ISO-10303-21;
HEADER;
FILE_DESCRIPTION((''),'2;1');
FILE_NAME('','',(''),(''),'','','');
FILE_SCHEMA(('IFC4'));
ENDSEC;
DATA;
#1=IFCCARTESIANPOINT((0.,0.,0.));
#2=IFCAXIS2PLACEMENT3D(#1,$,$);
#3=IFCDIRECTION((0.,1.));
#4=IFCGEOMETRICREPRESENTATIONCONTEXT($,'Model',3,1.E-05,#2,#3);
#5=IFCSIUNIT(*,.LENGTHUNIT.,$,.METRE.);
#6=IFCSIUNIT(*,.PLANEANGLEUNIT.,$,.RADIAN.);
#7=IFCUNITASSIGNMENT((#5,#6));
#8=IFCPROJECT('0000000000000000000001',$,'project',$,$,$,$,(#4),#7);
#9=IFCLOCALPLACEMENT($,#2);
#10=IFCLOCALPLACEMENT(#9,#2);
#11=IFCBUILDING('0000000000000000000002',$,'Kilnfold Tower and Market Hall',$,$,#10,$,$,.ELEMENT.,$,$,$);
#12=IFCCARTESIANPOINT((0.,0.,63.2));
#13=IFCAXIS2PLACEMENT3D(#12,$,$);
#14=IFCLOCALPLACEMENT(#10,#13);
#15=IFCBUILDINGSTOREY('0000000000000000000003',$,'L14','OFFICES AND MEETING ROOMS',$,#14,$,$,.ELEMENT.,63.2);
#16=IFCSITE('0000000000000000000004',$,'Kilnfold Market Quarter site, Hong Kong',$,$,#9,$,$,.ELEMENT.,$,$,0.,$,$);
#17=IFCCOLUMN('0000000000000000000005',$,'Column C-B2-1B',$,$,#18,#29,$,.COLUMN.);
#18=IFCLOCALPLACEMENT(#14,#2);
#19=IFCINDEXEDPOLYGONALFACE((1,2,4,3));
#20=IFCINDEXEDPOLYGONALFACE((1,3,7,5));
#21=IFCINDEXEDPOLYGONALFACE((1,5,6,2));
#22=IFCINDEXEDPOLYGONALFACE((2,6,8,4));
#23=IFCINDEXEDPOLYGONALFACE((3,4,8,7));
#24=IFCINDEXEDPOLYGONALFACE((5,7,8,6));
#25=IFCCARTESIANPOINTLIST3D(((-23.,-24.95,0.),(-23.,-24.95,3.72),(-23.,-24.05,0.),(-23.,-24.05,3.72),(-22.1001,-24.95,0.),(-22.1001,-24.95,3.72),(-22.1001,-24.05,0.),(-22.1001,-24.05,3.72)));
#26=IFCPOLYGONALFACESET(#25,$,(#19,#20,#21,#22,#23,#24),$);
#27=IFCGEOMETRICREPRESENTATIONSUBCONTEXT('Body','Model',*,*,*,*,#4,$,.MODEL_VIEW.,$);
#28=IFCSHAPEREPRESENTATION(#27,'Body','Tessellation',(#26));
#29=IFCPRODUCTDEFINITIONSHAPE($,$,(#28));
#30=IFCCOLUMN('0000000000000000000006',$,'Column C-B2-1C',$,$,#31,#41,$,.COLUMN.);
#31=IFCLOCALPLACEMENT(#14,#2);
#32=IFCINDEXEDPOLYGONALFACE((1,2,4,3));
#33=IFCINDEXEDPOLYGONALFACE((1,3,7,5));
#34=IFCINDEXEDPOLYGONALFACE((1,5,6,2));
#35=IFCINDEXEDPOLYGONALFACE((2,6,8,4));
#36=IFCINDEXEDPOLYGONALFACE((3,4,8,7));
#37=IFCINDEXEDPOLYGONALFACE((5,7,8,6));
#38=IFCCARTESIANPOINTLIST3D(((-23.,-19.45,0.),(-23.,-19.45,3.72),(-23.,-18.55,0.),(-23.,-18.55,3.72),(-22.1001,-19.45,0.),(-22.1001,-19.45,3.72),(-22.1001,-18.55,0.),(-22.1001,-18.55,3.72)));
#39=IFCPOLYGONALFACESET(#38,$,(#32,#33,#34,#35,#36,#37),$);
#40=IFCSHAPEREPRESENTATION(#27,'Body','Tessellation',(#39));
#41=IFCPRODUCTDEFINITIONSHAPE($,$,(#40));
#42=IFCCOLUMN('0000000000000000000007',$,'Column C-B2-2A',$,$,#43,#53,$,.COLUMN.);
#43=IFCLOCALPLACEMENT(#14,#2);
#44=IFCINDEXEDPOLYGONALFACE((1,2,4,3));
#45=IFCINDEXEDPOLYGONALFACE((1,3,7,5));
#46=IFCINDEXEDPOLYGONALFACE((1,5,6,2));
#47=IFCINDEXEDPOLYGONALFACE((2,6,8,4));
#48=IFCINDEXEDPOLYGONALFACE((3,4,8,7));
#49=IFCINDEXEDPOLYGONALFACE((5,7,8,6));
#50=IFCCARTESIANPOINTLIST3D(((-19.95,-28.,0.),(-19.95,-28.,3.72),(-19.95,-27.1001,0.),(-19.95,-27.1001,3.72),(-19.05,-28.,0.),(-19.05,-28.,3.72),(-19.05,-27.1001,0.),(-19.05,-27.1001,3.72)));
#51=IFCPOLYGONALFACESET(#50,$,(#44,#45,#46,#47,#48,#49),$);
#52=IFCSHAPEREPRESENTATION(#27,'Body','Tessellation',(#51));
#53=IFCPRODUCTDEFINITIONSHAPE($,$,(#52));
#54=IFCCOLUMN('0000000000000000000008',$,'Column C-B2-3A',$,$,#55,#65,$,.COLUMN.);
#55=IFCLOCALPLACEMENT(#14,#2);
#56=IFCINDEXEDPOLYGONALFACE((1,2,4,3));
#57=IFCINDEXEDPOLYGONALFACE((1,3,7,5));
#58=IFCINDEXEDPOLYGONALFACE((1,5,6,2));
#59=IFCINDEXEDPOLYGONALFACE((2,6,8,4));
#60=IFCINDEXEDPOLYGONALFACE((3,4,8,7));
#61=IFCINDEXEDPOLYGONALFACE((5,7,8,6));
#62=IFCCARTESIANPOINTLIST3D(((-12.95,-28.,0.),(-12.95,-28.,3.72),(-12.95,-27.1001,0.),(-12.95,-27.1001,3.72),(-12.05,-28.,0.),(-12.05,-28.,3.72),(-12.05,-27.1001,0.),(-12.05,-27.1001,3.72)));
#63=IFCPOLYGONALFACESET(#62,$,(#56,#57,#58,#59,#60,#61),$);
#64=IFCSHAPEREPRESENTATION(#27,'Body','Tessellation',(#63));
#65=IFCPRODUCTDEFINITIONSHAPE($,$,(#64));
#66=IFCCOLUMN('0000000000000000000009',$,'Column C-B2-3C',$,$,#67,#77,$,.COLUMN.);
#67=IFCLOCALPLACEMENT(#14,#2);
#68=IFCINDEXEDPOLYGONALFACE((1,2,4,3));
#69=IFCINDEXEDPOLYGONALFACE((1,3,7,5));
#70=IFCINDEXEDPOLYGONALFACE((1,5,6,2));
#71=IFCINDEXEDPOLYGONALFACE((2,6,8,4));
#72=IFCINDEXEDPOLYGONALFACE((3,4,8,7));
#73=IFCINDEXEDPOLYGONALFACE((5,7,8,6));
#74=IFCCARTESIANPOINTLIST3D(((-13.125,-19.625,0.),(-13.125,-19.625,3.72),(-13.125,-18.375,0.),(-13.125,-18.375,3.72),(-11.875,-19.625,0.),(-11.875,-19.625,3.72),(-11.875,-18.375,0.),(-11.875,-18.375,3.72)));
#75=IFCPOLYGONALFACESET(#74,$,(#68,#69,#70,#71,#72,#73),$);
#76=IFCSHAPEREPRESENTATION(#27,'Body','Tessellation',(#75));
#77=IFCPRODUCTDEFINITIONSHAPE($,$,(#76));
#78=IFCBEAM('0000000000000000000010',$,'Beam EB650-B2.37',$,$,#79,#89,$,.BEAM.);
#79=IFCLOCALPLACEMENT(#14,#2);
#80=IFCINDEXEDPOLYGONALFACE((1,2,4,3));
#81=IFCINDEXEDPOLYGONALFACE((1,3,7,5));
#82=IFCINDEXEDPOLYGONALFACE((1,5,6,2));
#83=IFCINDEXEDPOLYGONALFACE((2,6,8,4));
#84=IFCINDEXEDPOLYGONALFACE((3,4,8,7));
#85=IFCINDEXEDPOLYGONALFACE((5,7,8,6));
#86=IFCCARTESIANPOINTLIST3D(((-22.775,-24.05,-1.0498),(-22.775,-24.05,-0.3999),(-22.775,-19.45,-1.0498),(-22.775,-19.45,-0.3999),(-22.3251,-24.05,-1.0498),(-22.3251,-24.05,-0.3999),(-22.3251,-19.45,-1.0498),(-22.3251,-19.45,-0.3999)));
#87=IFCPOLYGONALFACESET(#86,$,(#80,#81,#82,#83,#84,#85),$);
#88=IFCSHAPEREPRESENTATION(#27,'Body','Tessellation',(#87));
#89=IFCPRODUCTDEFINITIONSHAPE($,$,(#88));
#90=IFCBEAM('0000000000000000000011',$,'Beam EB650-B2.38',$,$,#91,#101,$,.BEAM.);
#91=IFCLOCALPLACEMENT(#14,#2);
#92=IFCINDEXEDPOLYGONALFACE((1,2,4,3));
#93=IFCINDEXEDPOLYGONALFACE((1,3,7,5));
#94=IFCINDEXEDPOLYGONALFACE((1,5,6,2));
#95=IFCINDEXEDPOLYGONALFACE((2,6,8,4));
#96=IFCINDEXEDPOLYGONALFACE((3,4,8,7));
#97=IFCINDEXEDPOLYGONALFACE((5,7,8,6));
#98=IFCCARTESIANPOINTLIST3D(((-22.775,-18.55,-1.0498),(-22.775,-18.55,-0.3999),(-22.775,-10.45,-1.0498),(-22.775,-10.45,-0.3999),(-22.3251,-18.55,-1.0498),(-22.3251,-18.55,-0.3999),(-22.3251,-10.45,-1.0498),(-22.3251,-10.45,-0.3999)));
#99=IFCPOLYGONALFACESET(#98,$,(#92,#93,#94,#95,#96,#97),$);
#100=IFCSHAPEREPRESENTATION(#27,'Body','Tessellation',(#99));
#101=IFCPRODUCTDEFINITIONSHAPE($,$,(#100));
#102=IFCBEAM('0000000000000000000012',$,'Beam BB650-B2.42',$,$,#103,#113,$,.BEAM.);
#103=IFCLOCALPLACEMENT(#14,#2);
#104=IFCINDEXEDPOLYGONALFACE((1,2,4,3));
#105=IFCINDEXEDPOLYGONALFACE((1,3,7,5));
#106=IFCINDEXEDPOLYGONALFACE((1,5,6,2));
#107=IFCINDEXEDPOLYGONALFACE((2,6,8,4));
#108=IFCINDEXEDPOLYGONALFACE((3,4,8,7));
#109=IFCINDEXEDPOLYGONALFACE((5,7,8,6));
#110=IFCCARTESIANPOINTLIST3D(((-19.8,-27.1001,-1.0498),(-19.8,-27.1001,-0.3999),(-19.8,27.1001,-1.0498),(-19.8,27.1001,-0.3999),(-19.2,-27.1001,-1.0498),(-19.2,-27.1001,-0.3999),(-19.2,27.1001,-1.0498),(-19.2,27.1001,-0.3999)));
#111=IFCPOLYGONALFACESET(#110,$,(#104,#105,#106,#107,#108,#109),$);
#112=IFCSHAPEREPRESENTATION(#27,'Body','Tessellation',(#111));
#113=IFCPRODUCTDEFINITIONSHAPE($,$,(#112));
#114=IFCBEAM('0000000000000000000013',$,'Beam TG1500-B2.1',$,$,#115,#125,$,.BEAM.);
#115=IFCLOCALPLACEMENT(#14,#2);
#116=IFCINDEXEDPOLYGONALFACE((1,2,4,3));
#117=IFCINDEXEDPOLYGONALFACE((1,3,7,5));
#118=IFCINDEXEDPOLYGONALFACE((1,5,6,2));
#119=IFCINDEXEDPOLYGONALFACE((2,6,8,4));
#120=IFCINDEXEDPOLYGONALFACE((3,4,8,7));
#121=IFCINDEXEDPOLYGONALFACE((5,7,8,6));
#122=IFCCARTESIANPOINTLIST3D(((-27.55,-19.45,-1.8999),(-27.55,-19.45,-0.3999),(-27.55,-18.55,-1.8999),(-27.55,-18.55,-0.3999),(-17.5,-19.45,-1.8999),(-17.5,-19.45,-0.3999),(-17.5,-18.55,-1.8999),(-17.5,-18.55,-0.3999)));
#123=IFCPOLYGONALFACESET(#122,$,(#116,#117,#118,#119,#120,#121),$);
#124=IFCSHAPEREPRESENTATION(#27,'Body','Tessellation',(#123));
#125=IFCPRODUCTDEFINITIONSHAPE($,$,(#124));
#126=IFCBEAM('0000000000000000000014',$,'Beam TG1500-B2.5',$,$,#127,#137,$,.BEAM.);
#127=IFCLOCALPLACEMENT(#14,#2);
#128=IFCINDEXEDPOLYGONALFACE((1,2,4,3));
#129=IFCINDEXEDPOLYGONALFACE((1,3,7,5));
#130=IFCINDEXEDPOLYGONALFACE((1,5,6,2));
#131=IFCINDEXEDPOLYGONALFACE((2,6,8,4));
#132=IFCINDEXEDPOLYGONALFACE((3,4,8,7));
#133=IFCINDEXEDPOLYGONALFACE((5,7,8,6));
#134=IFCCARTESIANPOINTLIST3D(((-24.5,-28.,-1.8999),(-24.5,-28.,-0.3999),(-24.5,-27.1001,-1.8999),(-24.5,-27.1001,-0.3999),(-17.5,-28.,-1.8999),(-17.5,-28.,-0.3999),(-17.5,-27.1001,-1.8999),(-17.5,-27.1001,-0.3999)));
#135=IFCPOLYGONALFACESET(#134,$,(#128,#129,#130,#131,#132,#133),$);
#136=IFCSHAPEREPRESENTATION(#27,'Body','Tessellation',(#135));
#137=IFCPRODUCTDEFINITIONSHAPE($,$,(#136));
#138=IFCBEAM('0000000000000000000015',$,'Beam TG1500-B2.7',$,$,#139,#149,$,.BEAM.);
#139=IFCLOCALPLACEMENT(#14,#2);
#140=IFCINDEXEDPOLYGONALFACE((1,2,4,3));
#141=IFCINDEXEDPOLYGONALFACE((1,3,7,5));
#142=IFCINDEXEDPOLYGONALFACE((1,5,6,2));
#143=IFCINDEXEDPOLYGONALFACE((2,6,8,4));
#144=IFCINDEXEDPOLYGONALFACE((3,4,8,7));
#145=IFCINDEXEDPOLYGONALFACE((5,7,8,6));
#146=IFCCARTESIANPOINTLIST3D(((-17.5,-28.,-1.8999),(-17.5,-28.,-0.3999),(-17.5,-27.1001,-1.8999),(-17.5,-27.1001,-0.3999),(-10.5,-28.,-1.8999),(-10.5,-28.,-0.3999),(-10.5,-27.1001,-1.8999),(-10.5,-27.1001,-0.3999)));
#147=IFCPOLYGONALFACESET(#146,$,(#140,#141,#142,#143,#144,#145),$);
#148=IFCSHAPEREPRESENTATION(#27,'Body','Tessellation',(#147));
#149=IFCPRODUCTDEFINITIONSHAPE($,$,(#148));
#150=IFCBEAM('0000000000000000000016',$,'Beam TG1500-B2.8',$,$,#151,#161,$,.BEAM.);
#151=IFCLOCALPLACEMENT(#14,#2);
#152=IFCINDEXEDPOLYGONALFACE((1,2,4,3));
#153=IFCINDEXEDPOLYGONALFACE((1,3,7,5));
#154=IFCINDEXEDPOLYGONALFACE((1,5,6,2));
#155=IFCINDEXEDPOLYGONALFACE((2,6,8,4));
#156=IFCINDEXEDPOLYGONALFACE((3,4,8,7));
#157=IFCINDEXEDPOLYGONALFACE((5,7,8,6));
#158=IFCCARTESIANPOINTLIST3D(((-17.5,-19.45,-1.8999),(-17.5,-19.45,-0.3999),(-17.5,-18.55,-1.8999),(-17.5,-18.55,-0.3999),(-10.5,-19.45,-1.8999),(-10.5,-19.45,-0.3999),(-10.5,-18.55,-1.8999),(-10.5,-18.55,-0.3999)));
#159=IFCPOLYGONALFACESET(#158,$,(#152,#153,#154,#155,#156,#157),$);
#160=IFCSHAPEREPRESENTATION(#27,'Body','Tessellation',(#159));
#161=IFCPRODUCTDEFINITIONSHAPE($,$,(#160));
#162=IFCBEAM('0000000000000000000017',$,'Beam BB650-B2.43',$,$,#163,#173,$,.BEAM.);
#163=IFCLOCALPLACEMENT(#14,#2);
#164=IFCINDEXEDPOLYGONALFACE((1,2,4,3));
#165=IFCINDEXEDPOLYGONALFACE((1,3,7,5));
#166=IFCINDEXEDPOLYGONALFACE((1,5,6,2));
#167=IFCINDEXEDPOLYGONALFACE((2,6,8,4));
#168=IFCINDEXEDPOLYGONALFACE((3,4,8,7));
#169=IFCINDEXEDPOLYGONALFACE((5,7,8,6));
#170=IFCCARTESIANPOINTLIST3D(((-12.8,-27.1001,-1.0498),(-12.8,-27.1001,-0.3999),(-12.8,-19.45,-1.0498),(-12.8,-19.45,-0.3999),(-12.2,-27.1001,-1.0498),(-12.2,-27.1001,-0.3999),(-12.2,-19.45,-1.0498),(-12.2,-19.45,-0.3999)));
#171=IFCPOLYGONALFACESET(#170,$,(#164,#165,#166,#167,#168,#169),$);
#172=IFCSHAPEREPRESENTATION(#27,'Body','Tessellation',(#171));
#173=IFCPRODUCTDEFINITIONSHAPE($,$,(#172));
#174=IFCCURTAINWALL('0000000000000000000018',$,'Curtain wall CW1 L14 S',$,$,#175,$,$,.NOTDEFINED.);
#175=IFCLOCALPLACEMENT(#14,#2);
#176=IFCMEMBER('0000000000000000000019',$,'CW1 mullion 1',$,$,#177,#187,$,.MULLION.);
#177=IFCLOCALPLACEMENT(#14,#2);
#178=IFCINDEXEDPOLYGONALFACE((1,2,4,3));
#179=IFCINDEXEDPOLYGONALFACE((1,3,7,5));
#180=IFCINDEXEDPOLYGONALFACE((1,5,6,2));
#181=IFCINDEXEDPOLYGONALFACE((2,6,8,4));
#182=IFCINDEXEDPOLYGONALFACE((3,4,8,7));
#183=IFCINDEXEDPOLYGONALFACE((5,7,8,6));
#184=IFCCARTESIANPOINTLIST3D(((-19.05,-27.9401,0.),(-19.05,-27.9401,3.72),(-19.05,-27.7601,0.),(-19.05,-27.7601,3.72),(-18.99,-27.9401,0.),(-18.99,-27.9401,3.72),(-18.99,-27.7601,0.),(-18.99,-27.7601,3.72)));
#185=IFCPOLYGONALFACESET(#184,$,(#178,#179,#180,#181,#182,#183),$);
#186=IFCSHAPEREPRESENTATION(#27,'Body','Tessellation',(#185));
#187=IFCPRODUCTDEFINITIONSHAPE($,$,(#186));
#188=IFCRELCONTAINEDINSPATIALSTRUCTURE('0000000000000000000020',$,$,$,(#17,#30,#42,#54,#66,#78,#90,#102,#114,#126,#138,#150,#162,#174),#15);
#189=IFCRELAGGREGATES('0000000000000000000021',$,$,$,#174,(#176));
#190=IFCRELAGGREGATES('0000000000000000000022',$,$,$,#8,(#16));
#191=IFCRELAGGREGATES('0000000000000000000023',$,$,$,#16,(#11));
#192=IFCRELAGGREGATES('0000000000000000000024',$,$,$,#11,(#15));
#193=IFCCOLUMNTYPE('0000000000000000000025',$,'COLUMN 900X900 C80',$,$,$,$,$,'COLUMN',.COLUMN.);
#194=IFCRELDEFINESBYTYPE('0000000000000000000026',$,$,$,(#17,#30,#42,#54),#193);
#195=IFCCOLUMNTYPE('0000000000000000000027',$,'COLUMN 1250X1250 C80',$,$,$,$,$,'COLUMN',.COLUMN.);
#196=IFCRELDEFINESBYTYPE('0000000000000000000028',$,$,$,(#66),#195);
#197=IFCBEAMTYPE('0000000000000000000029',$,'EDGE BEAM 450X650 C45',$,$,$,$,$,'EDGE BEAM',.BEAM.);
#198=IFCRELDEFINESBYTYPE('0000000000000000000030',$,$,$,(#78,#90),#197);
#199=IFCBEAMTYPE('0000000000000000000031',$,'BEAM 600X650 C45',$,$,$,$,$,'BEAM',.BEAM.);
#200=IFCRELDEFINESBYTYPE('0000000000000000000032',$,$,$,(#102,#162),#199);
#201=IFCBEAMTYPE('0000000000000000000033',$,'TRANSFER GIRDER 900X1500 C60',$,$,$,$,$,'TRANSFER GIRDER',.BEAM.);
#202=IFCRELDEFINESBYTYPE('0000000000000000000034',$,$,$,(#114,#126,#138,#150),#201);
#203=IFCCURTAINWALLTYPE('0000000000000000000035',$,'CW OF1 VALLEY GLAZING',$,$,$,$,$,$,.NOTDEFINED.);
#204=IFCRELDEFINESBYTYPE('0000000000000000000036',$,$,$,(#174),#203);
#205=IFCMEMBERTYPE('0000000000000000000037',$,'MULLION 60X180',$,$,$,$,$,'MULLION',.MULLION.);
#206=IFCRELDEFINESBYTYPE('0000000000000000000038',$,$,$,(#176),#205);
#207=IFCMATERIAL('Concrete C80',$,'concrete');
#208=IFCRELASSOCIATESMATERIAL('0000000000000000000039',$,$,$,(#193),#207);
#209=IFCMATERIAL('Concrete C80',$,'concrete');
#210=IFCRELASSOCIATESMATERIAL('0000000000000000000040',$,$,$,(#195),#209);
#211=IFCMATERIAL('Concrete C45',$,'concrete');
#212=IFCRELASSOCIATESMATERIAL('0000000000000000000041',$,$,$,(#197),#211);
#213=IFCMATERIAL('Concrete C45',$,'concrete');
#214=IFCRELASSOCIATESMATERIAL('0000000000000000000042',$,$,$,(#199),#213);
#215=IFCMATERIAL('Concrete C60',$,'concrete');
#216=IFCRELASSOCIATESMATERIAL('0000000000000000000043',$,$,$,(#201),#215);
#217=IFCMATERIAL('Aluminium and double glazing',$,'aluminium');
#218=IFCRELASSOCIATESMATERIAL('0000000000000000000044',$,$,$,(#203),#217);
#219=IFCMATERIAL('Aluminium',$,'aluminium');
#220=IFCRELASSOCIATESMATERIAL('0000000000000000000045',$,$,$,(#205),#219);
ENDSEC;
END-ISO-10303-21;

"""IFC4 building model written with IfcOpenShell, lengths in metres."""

from ifc_helpers import new_model, si_unit, direction, frame, origin, origin_2d, place, context, subcontext, project, spatial, rectangle, extrude, source, transform, mapped, material, material_profile, profile_set, type_object, element, aggregate, save


model = new_model("IFC4")

# Units and contexts
model_context = context("Model", 3, precision=1e-05, world=origin(), true_north=direction((0.0, 1.0)))
body_context = subcontext(model_context, "Body", "Model", "MODEL_VIEW")
ifc_project = project(units=[si_unit("LENGTHUNIT", "METRE"), si_unit("PLANEANGLEUNIT", "RADIAN")], contexts=[model_context])

# Site, building, storey
site_placement = place(None, origin())
site = spatial("IfcSite", under=ifc_project, at=site_placement, Name="Kilnfold Market Quarter site, Hong Kong", CompositionType="ELEMENT", RefElevation=0.0)
building_placement = place(site_placement, origin())
building = spatial("IfcBuilding", under=site, at=building_placement, Name="Kilnfold Tower and Market Hall", CompositionType="ELEMENT")
storey_placement = place(building_placement, frame((0.0, 0.0, 63.2)))
storey = spatial("IfcBuildingStorey", under=building, at=storey_placement, Name="L14", Description="OFFICES AND MEETING ROOMS", CompositionType="ELEMENT", Elevation=63.2)

# Columns
ifc_material_1 = material(Name="Concrete C80", Category="concrete")
ifc_material_profile_1 = material_profile(ifc_material_1, rectangle(XDim=0.8999, YDim=0.8999, at=origin_2d()), Name="RC 900x900")
ifc_profile_set_1 = profile_set([ifc_material_profile_1], Name="Concrete C80")
column_type_1 = type_object("IfcColumnType", Name="COLUMN 900X900 C80", ElementType="COLUMN", PredefinedType="COLUMN", material=ifc_profile_set_1)
shared_shape_1 = source(origin(), body_context, "Body", "SweptSolid", [
    extrude(rectangle(XDim=0.8999, YDim=0.8999, at=origin_2d()), origin(), (0.0, 0.0, 1.0), 3.72),
])
for number, where, z_axis, x_axis, name in (
    (1, (-22.55, -24.5, 0.0), (0.0, 0.0, 1.0), (1.0, 0.0, 0.0), "Column C-B2-1B"),
    (2, (-22.55, -19.0, 0.0), (0.0, 0.0, 1.0), (1.0, 0.0, 0.0), "Column C-B2-1C"),
    (3, (-19.5, -27.55, 0.0), (0.0, 0.0, 1.0), (1.0, 0.0, 0.0), "Column C-B2-2A"),
    (4, (-12.5, -27.55, 0.0), (0.0, 0.0, 1.0), (1.0, 0.0, 0.0), "Column C-B2-3A"),
):
    element("IfcColumn", number, at=place(storey_placement, frame(where, z_axis=z_axis, x_axis=x_axis)), inside=storey, type_object=column_type_1, Name=name, PredefinedType="COLUMN", context=body_context, shape_type="MappedRepresentation", body=[
        mapped(shared_shape_1, transform((0.0, 0.0, 0.0))),
    ])
ifc_material_2 = material(Name="Concrete C80", Category="concrete")
ifc_material_profile_2 = material_profile(ifc_material_2, rectangle(XDim=1.25, YDim=1.25, at=origin_2d()), Name="RC 1250x1250")
ifc_profile_set_2 = profile_set([ifc_material_profile_2], Name="Concrete C80")
column_type_2 = type_object("IfcColumnType", Name="COLUMN 1250X1250 C80", ElementType="COLUMN", PredefinedType="COLUMN", material=ifc_profile_set_2)
shared_shape_2 = source(origin(), body_context, "Body", "SweptSolid", [
    extrude(rectangle(XDim=1.25, YDim=1.25, at=origin_2d()), origin(), (0.0, 0.0, 1.0), 3.72),
])
column_placement = place(storey_placement, frame((-12.5, -19.0, 0.0), z_axis=(0.0, 0.0, 1.0), x_axis=(1.0, 0.0, 0.0)))
element("IfcColumn", 5, at=column_placement, inside=storey, type_object=column_type_2, Name="Column C-B2-3C", PredefinedType="COLUMN", context=body_context, shape_type="MappedRepresentation", body=[
    mapped(shared_shape_2, transform((0.0, 0.0, 0.0))),
])

# Beams
ifc_material_3 = material(Name="Concrete C45", Category="concrete")
ifc_material_profile_3 = material_profile(ifc_material_3, rectangle(XDim=0.45, YDim=0.6499, at=origin_2d()), Name="RC 450x650")
ifc_profile_set_3 = profile_set([ifc_material_profile_3], Name="Concrete C45")
beam_type_1 = type_object("IfcBeamType", Name="EDGE BEAM 450X650 C45", ElementType="EDGE BEAM", PredefinedType="BEAM", material=ifc_profile_set_3)
shared_shape_3 = source(origin(), body_context, "Body", "SweptSolid", [
    extrude(rectangle(XDim=0.45, YDim=0.6499, at=origin_2d()), origin(), (0.0, 0.0, 1.0), 4.6001),
])
beam_1_placement = place(storey_placement, frame((-22.55, -24.05, -0.7249), z_axis=(0.0, 1.0, 0.0), x_axis=(-1.0, 0.0, 0.0)))
element("IfcBeam", 6, at=beam_1_placement, inside=storey, type_object=beam_type_1, Name="Beam EB650-B2.37", PredefinedType="BEAM", context=body_context, shape_type="MappedRepresentation", body=[
    mapped(shared_shape_3, transform((0.0, 0.0, 0.0))),
])
shared_shape_4 = source(origin(), body_context, "Body", "SweptSolid", [
    extrude(rectangle(XDim=0.45, YDim=0.6499, at=origin_2d()), origin(), (0.0, 0.0, 1.0), 8.1001),
])
beam_2_placement = place(storey_placement, frame((-22.55, -18.55, -0.7249), z_axis=(0.0, 1.0, 0.0), x_axis=(-1.0, 0.0, 0.0)))
element("IfcBeam", 7, at=beam_2_placement, inside=storey, type_object=beam_type_1, Name="Beam EB650-B2.38", PredefinedType="BEAM", context=body_context, shape_type="MappedRepresentation", body=[
    mapped(shared_shape_4, transform((0.0, 0.0, 0.0))),
])
ifc_material_4 = material(Name="Concrete C45", Category="concrete")
ifc_material_profile_4 = material_profile(ifc_material_4, rectangle(XDim=0.6001, YDim=0.6499, at=origin_2d()), Name="RC 600x650")
ifc_profile_set_4 = profile_set([ifc_material_profile_4], Name="Concrete C45")
beam_type_2 = type_object("IfcBeamType", Name="BEAM 600X650 C45", ElementType="BEAM", PredefinedType="BEAM", material=ifc_profile_set_4)
shared_shape_5 = source(origin(), body_context, "Body", "SweptSolid", [
    extrude(rectangle(XDim=0.6001, YDim=0.6499, at=origin_2d()), origin(), (0.0, 0.0, 1.0), 54.2002),
])
beam_3_placement = place(storey_placement, frame((-19.5, -27.1001, -0.7249), z_axis=(0.0, 1.0, 0.0), x_axis=(-1.0, 0.0, 0.0)))
element("IfcBeam", 8, at=beam_3_placement, inside=storey, type_object=beam_type_2, Name="Beam BB650-B2.42", PredefinedType="BEAM", context=body_context, shape_type="MappedRepresentation", body=[
    mapped(shared_shape_5, transform((0.0, 0.0, 0.0))),
])
ifc_material_5 = material(Name="Concrete C60", Category="concrete")
ifc_material_profile_5 = material_profile(ifc_material_5, rectangle(XDim=0.8999, YDim=1.5, at=origin_2d()), Name="RC 900x1500")
ifc_profile_set_5 = profile_set([ifc_material_profile_5], Name="Concrete C60")
beam_type_3 = type_object("IfcBeamType", Name="TRANSFER GIRDER 900X1500 C60", ElementType="TRANSFER GIRDER", PredefinedType="BEAM", material=ifc_profile_set_5)
shared_shape_6 = source(origin(), body_context, "Body", "SweptSolid", [
    extrude(rectangle(XDim=0.8999, YDim=1.5, at=origin_2d()), origin(), (0.0, 0.0, 1.0), 10.05),
])
beam_4_placement = place(storey_placement, frame((-27.55, -19.0, -1.1499), z_axis=(1.0, 0.0, 0.0), x_axis=(0.0, 1.0, 0.0)))
element("IfcBeam", 9, at=beam_4_placement, inside=storey, type_object=beam_type_3, Name="Beam TG1500-B2.1", PredefinedType="BEAM", context=body_context, shape_type="MappedRepresentation", body=[
    mapped(shared_shape_6, transform((0.0, 0.0, 0.0))),
])
shared_shape_7 = source(origin(), body_context, "Body", "SweptSolid", [
    extrude(rectangle(XDim=0.8999, YDim=1.5, at=origin_2d()), origin(), (0.0, 0.0, 1.0), 7.0),
])
for number, where, z_axis, x_axis, name in (
    (10, (-24.5, -27.55, -1.1499), (1.0, 0.0, 0.0), (0.0, 1.0, 0.0), "Beam TG1500-B2.5"),
    (11, (-17.5, -27.55, -1.1499), (1.0, 0.0, 0.0), (0.0, 1.0, 0.0), "Beam TG1500-B2.7"),
    (12, (-17.5, -19.0, -1.1499), (1.0, 0.0, 0.0), (0.0, 1.0, 0.0), "Beam TG1500-B2.8"),
):
    element("IfcBeam", number, at=place(storey_placement, frame(where, z_axis=z_axis, x_axis=x_axis)), inside=storey, type_object=beam_type_3, Name=name, PredefinedType="BEAM", context=body_context, shape_type="MappedRepresentation", body=[
        mapped(shared_shape_7, transform((0.0, 0.0, 0.0))),
    ])
shared_shape_8 = source(origin(), body_context, "Body", "SweptSolid", [
    extrude(rectangle(XDim=0.6001, YDim=0.6499, at=origin_2d()), origin(), (0.0, 0.0, 1.0), 7.6501),
])
beam_5_placement = place(storey_placement, frame((-12.5, -27.1001, -0.7249), z_axis=(0.0, 1.0, 0.0), x_axis=(-1.0, 0.0, 0.0)))
element("IfcBeam", 13, at=beam_5_placement, inside=storey, type_object=beam_type_2, Name="Beam BB650-B2.43", PredefinedType="BEAM", context=body_context, shape_type="MappedRepresentation", body=[
    mapped(shared_shape_8, transform((0.0, 0.0, 0.0))),
])

# Curtain wall, member
ifc_material_6 = material(Name="Aluminium and double glazing", Category="aluminium")
curtain_wall_type = type_object("IfcCurtainWallType", Name="CW OF1 VALLEY GLAZING", PredefinedType="NOTDEFINED", material=ifc_material_6)
curtain_wall_1_placement = place(storey_placement, origin())
curtain_wall_1 = element("IfcCurtainWall", 14, at=curtain_wall_1_placement, inside=storey, type_object=curtain_wall_type, Name="Curtain wall CW1 L14 S", PredefinedType="NOTDEFINED")
ifc_material_7 = material(Name="Aluminium", Category="aluminium")
ifc_material_profile_6 = material_profile(ifc_material_7, rectangle(XDim=0.0601, YDim=0.1799, at=origin_2d()), Name="MULLION 60x180")
ifc_profile_set_6 = profile_set([ifc_material_profile_6], Name="Aluminium")
member_type_1 = type_object("IfcMemberType", Name="MULLION 60X180", ElementType="MULLION", PredefinedType="MULLION", material=ifc_profile_set_6)
shared_shape_9 = source(origin(), body_context, "Body", "SweptSolid", [
    extrude(rectangle(XDim=0.0601, YDim=0.1799, at=origin_2d()), origin(), (0.0, 0.0, 1.0), 3.72),
])
member_1_placement = place(storey_placement, frame((-19.02, -27.8501, 0.0), z_axis=(0.0, 0.0, 1.0), x_axis=(1.0, 0.0, 0.0)))
member_1 = element("IfcMember", 15, at=member_1_placement, type_object=member_type_1, Name="CW1 mullion 1", PredefinedType="MULLION", context=body_context, shape_type="MappedRepresentation", body=[
    mapped(shared_shape_9, transform((0.0, 0.0, 0.0))),
])

aggregate(curtain_wall_1, [member_1])

save(model, "model.ifc")
